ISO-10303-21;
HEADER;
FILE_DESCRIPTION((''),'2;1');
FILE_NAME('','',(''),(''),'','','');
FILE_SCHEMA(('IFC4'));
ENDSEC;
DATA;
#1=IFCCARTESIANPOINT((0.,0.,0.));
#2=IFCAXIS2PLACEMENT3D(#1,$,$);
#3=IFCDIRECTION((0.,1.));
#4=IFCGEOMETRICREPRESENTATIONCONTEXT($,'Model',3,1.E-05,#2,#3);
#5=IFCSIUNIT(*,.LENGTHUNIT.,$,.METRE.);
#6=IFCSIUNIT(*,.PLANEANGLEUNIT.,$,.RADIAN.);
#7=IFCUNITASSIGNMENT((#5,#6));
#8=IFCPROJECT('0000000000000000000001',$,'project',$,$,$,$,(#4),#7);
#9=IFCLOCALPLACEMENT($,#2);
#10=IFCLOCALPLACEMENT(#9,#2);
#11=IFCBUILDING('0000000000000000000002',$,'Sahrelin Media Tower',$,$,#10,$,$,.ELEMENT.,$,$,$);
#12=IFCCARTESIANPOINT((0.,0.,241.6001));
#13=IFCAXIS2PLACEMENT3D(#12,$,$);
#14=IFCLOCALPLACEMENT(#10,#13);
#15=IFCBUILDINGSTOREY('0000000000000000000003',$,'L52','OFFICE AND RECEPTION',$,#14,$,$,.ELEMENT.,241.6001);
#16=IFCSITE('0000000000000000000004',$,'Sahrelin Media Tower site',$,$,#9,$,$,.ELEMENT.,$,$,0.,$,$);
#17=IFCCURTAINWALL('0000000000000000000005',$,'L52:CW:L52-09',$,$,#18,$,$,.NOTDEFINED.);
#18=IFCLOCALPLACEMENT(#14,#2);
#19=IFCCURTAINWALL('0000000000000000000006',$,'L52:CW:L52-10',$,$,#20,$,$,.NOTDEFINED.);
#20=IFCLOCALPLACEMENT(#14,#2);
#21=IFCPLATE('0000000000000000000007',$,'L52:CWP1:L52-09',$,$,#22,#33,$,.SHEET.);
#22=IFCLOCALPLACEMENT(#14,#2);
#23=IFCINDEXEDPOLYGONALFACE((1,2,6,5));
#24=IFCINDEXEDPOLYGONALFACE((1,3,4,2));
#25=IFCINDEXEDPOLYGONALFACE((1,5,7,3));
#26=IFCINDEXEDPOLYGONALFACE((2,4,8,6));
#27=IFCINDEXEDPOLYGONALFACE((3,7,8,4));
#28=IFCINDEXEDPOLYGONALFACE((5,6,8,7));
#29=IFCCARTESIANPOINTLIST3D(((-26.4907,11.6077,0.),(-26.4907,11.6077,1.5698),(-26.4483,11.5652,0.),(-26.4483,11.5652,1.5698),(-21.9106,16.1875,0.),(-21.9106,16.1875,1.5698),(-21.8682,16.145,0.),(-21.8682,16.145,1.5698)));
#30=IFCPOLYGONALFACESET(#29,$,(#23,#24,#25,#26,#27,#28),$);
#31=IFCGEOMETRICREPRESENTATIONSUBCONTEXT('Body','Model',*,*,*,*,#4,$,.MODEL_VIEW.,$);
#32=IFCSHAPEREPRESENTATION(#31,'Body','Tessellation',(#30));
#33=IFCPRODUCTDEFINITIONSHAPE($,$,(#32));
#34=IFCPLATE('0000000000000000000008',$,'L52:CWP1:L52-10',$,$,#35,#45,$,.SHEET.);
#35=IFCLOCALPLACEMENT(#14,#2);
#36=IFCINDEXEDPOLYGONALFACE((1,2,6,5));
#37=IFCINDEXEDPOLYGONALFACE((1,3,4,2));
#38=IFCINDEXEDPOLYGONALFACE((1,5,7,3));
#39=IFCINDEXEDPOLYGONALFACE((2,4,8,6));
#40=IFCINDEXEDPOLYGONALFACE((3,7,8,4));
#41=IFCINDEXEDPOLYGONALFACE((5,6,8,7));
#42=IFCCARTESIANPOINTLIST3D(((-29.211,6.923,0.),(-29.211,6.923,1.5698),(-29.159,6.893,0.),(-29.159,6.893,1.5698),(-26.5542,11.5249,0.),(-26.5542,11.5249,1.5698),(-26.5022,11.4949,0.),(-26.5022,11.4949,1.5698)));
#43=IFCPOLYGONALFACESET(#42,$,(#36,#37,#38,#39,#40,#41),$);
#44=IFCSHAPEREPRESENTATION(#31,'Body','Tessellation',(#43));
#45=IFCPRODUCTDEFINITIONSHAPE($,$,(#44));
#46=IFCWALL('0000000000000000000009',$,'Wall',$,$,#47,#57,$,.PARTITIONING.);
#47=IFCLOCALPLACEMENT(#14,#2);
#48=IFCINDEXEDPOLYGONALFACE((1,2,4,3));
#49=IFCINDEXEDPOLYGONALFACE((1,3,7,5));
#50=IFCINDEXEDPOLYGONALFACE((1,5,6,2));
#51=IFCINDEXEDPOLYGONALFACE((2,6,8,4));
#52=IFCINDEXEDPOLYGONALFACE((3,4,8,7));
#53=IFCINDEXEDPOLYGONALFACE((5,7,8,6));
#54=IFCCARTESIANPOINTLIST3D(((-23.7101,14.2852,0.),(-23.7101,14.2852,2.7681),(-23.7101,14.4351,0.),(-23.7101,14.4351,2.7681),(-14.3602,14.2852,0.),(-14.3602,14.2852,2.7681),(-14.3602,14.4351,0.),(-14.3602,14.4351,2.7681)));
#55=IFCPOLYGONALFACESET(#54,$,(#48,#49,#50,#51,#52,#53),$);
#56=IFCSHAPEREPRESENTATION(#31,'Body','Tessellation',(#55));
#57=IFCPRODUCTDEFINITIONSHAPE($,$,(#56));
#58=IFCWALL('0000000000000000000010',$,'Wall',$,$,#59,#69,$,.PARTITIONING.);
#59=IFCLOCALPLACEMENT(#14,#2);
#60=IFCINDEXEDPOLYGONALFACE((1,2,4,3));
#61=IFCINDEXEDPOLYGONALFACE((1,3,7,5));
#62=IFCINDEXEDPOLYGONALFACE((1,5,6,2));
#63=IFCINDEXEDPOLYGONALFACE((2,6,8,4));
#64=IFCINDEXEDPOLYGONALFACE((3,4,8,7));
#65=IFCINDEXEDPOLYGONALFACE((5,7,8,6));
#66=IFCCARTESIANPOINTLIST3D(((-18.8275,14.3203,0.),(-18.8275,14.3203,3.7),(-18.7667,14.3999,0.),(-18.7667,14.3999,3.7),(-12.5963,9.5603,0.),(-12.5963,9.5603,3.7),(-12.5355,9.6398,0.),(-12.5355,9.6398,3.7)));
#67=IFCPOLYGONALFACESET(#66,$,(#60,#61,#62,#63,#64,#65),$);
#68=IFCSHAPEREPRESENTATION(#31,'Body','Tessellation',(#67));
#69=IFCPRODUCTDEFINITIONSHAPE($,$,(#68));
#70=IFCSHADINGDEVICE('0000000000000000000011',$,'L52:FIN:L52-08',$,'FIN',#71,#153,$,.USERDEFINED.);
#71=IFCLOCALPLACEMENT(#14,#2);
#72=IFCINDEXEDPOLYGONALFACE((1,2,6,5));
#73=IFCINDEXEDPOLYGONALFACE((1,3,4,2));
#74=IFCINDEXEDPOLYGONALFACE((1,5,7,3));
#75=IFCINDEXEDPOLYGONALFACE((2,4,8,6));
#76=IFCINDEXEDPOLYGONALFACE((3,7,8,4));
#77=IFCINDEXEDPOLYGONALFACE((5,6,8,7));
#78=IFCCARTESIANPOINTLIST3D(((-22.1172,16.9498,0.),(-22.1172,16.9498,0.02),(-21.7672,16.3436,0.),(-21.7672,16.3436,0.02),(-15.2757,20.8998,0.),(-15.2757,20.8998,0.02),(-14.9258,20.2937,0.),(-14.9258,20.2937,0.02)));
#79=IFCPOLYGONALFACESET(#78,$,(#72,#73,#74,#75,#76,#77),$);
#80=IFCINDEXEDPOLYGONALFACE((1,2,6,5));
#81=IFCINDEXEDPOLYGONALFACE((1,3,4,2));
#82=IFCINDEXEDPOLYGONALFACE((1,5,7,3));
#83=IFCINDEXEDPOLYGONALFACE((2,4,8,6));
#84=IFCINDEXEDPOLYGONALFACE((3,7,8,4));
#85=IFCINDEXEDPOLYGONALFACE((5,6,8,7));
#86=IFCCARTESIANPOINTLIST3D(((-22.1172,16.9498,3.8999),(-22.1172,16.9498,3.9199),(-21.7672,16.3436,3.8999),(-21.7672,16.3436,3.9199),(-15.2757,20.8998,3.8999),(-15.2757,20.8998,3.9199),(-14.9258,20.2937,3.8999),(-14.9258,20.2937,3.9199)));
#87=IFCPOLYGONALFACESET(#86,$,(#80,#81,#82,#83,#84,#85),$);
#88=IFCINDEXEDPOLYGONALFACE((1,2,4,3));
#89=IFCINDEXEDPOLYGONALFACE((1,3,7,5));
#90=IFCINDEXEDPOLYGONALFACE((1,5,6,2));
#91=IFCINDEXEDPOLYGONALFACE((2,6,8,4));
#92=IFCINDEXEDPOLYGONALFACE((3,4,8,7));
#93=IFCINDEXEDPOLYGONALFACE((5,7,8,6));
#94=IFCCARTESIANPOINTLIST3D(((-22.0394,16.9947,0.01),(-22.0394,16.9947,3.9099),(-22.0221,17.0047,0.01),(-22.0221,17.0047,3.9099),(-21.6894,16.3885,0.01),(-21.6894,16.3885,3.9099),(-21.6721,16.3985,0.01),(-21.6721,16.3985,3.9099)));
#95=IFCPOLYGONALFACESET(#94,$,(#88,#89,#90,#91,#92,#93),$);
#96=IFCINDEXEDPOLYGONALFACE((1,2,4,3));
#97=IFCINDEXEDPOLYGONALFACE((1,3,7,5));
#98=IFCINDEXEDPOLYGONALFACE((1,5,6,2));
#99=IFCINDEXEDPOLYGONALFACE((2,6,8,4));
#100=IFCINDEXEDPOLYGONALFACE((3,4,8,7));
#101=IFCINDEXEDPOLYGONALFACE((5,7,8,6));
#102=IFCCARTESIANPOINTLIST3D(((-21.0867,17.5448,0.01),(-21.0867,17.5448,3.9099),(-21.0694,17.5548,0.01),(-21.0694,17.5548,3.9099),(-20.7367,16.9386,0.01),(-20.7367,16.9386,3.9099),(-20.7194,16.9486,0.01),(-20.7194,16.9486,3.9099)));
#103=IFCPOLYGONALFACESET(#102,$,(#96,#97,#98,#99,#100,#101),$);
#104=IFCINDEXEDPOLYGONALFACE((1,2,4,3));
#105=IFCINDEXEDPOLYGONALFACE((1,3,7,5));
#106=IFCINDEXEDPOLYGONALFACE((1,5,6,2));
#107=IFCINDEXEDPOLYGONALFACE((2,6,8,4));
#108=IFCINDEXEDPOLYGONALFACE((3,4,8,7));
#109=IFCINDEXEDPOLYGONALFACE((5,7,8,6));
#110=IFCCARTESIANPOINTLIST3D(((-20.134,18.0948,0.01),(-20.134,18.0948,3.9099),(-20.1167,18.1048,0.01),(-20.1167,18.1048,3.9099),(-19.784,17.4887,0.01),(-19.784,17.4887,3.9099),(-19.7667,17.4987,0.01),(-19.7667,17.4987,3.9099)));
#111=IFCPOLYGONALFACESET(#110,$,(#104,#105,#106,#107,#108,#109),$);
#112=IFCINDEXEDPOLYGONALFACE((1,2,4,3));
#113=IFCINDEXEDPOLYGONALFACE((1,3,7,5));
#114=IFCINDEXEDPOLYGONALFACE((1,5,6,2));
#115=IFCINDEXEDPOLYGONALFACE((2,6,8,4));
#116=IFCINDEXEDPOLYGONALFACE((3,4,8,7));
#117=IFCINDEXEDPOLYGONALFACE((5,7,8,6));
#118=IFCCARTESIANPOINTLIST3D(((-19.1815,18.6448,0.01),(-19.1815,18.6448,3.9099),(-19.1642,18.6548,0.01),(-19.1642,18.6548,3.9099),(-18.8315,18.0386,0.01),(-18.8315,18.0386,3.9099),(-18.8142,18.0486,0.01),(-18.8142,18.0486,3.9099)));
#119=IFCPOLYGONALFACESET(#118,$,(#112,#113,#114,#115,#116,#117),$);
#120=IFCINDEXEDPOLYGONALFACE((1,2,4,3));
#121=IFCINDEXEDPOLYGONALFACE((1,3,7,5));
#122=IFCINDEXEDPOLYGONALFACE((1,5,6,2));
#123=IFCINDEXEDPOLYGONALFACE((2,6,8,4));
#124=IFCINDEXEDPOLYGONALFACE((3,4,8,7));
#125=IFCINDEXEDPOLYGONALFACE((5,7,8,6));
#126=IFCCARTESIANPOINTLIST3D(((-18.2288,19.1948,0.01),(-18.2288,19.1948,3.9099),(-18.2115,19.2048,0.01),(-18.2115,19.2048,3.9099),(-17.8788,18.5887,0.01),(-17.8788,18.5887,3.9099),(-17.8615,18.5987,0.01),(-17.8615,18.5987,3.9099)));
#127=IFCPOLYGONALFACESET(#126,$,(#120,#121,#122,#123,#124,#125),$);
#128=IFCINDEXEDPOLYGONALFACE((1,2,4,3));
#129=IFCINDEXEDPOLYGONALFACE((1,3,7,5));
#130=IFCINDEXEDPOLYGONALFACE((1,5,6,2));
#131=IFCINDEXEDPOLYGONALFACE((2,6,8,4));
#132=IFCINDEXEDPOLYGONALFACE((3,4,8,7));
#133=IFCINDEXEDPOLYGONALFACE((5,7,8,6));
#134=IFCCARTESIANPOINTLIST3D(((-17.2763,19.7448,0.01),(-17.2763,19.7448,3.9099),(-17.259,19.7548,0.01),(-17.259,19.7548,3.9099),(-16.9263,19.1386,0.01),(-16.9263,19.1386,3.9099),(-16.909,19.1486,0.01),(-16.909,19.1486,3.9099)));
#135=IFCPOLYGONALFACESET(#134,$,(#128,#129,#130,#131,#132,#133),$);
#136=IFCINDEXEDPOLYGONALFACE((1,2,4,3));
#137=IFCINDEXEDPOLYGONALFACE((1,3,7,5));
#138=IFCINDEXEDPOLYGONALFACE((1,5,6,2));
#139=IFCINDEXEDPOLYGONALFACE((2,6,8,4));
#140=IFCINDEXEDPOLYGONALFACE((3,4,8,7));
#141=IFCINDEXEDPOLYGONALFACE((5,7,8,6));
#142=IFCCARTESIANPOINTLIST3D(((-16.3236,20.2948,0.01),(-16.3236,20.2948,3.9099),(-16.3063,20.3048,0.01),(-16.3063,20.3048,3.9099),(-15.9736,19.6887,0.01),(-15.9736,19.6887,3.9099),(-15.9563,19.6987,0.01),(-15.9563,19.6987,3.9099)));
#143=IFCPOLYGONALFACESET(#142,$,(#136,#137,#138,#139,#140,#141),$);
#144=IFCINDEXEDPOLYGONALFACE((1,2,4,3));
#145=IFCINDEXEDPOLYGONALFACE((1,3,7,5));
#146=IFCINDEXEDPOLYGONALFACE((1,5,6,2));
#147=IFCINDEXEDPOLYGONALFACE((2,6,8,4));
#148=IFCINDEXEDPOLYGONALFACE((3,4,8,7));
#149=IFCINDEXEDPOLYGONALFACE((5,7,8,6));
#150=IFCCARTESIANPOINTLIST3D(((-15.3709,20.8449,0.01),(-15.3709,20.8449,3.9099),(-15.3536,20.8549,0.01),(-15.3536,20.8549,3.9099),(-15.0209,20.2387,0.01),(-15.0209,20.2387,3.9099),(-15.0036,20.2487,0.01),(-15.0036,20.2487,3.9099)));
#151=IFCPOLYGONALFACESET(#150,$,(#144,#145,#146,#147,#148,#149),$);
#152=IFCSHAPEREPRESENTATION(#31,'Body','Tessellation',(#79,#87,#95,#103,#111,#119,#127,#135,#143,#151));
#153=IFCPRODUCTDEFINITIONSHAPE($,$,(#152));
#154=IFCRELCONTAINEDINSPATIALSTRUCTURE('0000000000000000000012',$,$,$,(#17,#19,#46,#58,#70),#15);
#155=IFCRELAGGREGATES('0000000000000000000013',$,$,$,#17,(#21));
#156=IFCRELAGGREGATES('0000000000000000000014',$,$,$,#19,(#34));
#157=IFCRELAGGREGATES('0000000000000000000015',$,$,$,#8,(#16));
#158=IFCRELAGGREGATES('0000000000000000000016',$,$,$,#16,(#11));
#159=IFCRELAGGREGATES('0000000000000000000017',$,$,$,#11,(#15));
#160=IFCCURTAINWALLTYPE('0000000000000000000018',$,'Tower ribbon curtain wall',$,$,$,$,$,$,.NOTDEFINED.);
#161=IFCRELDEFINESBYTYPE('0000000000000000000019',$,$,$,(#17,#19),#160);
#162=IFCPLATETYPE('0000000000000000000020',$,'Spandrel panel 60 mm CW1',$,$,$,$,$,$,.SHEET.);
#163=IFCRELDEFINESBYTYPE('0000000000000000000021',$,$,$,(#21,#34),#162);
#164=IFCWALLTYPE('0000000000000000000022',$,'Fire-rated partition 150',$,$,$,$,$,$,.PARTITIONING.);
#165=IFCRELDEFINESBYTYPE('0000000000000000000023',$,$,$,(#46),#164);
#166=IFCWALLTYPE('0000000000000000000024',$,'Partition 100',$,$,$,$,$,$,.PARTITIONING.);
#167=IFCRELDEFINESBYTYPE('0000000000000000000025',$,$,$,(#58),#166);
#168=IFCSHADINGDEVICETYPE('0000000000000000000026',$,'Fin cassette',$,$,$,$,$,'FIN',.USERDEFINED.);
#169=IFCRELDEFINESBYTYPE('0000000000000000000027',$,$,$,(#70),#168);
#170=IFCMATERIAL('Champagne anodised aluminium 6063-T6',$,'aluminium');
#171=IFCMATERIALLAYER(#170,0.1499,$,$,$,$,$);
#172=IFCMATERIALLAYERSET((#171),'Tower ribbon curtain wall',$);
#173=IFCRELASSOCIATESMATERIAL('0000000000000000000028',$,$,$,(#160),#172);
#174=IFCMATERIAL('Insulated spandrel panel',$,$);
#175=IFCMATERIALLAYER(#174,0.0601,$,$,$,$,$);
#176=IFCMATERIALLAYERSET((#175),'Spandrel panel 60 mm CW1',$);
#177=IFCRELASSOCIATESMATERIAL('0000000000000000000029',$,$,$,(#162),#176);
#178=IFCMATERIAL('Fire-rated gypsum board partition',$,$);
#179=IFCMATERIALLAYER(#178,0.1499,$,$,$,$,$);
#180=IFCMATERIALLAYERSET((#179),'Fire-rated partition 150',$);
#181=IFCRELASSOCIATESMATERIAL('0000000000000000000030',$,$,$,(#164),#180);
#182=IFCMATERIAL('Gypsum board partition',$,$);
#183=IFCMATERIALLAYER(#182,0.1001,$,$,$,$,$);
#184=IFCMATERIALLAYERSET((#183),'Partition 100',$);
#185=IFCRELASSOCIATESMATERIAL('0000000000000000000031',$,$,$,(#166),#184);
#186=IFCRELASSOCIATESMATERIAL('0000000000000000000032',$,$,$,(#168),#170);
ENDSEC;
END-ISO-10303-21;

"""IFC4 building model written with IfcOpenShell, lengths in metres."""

from ifc_helpers import new_model, si_unit, direction, frame, frame_2d, origin, origin_2d, place, context, subcontext, project, spatial, polyline, rectangle, outline, extrude, material, layer, layer_set, type_object, element, aggregate, save


model = new_model("IFC4")

# Units and contexts
model_context = context("Model", 3, precision=1e-05, world=origin(), true_north=direction((0.0, 1.0)))
body_context = subcontext(model_context, "Body", "Model", "MODEL_VIEW")
ifc_project = project(units=[si_unit("LENGTHUNIT", "METRE"), si_unit("PLANEANGLEUNIT", "RADIAN")], contexts=[model_context])

# Site, building, storey
site_placement = place(None, origin())
site = spatial("IfcSite", under=ifc_project, at=site_placement, Name="Sahrelin Media Tower site", CompositionType="ELEMENT", RefElevation=0.0)
building_placement = place(site_placement, origin())
building = spatial("IfcBuilding", under=site, at=building_placement, Name="Sahrelin Media Tower", CompositionType="ELEMENT")
storey_placement = place(building_placement, frame((0.0, 0.0, 241.6001)))
storey = spatial("IfcBuildingStorey", under=building, at=storey_placement, Name="L52", Description="OFFICE AND RECEPTION", CompositionType="ELEMENT", Elevation=241.6001)

# Curtain wall
ifc_material_1 = material(Name="Champagne anodised aluminium 6063-T6", Category="aluminium")
ifc_layer_1 = layer(ifc_material_1, 0.1499)
ifc_layer_set_1 = layer_set([ifc_layer_1], Name="Tower ribbon curtain wall")
curtain_wall_type = type_object("IfcCurtainWallType", Name="Tower ribbon curtain wall", PredefinedType="NOTDEFINED", material=ifc_layer_set_1)
curtain_wall_1_placement = place(storey_placement, frame((-24.1865, 13.8833, 0.0), z_axis=(0.0, 0.0, 1.0), x_axis=(1.0, 0.0, 0.0)))
curtain_wall_1 = element("IfcCurtainWall", 1, at=curtain_wall_1_placement, inside=storey, type_object=curtain_wall_type, Name="L52:CW:L52-09", PredefinedType="NOTDEFINED")

# Curtain wall
curtain_wall_2_placement = place(storey_placement, frame((-27.8652, 9.2141, 0.0), z_axis=(0.0, 0.0, 1.0), x_axis=(1.0, 0.0, 0.0)))
curtain_wall_2 = element("IfcCurtainWall", 2, at=curtain_wall_2_placement, inside=storey, type_object=curtain_wall_type, Name="L52:CW:L52-10", PredefinedType="NOTDEFINED")

# Plates
ifc_material_2 = material(Name="Insulated spandrel panel")
ifc_layer_2 = layer(ifc_material_2, 0.0601)
ifc_layer_set_2 = layer_set([ifc_layer_2], Name="Spandrel panel 60 mm CW1")
plate_type_1 = type_object("IfcPlateType", Name="Spandrel panel 60 mm CW1", PredefinedType="SHEET", material=ifc_layer_set_2)
plate_1_placement = place(storey_placement, frame((-21.9106, 16.1875, 0.0), z_axis=(-0.707088, 0.707126, 0.0), x_axis=(-0.707126, -0.707088, 0.0)))
plate_1 = element("IfcPlate", 3, at=plate_1_placement, type_object=plate_type_1, Name="L52:CWP1:L52-09", PredefinedType="SHEET", context=body_context, shape_type="SweptSolid", body=[
    extrude(outline(polyline([(0.0, 0.0), (6.4771, 0.0), (6.4771, 1.5698), (0.0, 1.5698), (0.0, 0.0)])), origin(), (0.0, 0.0, -1.0), 0.0601),
])
aggregate(curtain_wall_1, [plate_1])
plate_2_placement = place(storey_placement, frame((-26.5542, 11.5249, 0.0), z_axis=(-0.866035, 0.499984, 0.0), x_axis=(-0.499984, -0.866035, 0.0)))
plate_2 = element("IfcPlate", 4, at=plate_2_placement, type_object=plate_type_1, Name="L52:CWP1:L52-10", PredefinedType="SHEET", context=body_context, shape_type="SweptSolid", body=[
    extrude(outline(polyline([(0.0, 0.0), (5.3137, 0.0), (5.3137, 1.5698), (0.0, 1.5698), (0.0, 0.0)])), origin(), (0.0, 0.0, -1.0), 0.0601),
])
aggregate(curtain_wall_2, [plate_2])

# Walls
ifc_material_3 = material(Name="Fire-rated gypsum board partition")
ifc_layer_3 = layer(ifc_material_3, 0.1499)
ifc_layer_set_3 = layer_set([ifc_layer_3], Name="Fire-rated partition 150")
wall_type_1 = type_object("IfcWallType", Name="Fire-rated partition 150", PredefinedType="PARTITIONING", material=ifc_layer_set_3)
wall_1_placement = place(storey_placement, frame((-23.71, 14.3601, 0.0), z_axis=(0.0, 0.0, 1.0), x_axis=(1.0, 0.0, 0.0)))
element("IfcWall", 5, at=wall_1_placement, inside=storey, type_object=wall_type_1, Name="Wall", PredefinedType="PARTITIONING", context=body_context, shape_type="SweptSolid", body=[
    extrude(rectangle(XDim=9.3499, YDim=0.1499, at=frame_2d((4.6748, 0.0))), origin(), (0.0, 0.0, 1.0), 2.7681),
])
ifc_material_4 = material(Name="Gypsum board partition")
ifc_layer_4 = layer(ifc_material_4, 0.1001)
ifc_layer_set_4 = layer_set([ifc_layer_4], Name="Partition 100")
wall_type_2 = type_object("IfcWallType", Name="Partition 100", PredefinedType="PARTITIONING", material=ifc_layer_set_4)
wall_2_placement = place(storey_placement, frame((-18.7971, 14.3601, 0.0), z_axis=(0.0, 0.0, 1.0), x_axis=(0.794667, -0.607046, 0.0)))
element("IfcWall", 6, at=wall_2_placement, inside=storey, type_object=wall_type_2, Name="Wall", PredefinedType="PARTITIONING", context=body_context, shape_type="SweptSolid", body=[
    extrude(rectangle(XDim=7.8413, YDim=0.1001, at=frame_2d((3.9207, 0.0))), origin(), (0.0, 0.0, 1.0), 3.7),
])

# Shading device
shading_device_type_1 = type_object("IfcShadingDeviceType", Name="Fin cassette", ElementType="FIN", PredefinedType="USERDEFINED", material=ifc_material_1)
placement_1 = place(storey_placement, frame((-18.3115, 18.2581, 0.0), z_axis=(0.0, 0.0, 1.0), x_axis=(0.866019, 0.500011, 0.0)))
element("IfcShadingDevice", 7, at=placement_1, inside=storey, type_object=shading_device_type_1, Name="L52:FIN:L52-08", ObjectType="FIN", PredefinedType="USERDEFINED", context=body_context, shape_type="SweptSolid", body=[
    extrude(rectangle(XDim=7.8999, YDim=0.7, at=origin_2d()), frame((0.0, 0.4199, 0.0)), (0.0, 0.0, 1.0), 0.02),
    extrude(rectangle(XDim=7.8999, YDim=0.7, at=origin_2d()), frame((0.0, 0.4199, 3.8999)), (0.0, 0.0, 1.0), 0.02),
    extrude(rectangle(XDim=0.02, YDim=0.7, at=origin_2d()), frame((-3.8501, 0.4199, 0.01), z_axis=(0.0, 0.0, 1.0), x_axis=(1.0, 0.0, 0.0)), (0.0, 0.0, 1.0), 3.8999),
    extrude(rectangle(XDim=0.02, YDim=0.7, at=origin_2d()), frame((-2.75, 0.4199, 0.01), z_axis=(0.0, 0.0, 1.0), x_axis=(1.0, 0.0, 0.0)), (0.0, 0.0, 1.0), 3.8999),
    extrude(rectangle(XDim=0.02, YDim=0.7, at=origin_2d()), frame((-1.6499, 0.4199, 0.01), z_axis=(0.0, 0.0, 1.0), x_axis=(1.0, 0.0, 0.0)), (0.0, 0.0, 1.0), 3.8999),
    extrude(rectangle(XDim=0.02, YDim=0.7, at=origin_2d()), frame((-0.55, 0.4199, 0.01), z_axis=(0.0, 0.0, 1.0), x_axis=(1.0, 0.0, 0.0)), (0.0, 0.0, 1.0), 3.8999),
    extrude(rectangle(XDim=0.02, YDim=0.7, at=origin_2d()), frame((0.55, 0.4199, 0.01), z_axis=(0.0, 0.0, 1.0), x_axis=(1.0, 0.0, 0.0)), (0.0, 0.0, 1.0), 3.8999),
    extrude(rectangle(XDim=0.02, YDim=0.7, at=origin_2d()), frame((1.6499, 0.4199, 0.01), z_axis=(0.0, 0.0, 1.0), x_axis=(1.0, 0.0, 0.0)), (0.0, 0.0, 1.0), 3.8999),
    extrude(rectangle(XDim=0.02, YDim=0.7, at=origin_2d()), frame((2.75, 0.4199, 0.01), z_axis=(0.0, 0.0, 1.0), x_axis=(1.0, 0.0, 0.0)), (0.0, 0.0, 1.0), 3.8999),
    extrude(rectangle(XDim=0.02, YDim=0.7, at=origin_2d()), frame((3.8501, 0.4199, 0.01), z_axis=(0.0, 0.0, 1.0), x_axis=(1.0, 0.0, 0.0)), (0.0, 0.0, 1.0), 3.8999),
])

save(model, "model.ifc")
